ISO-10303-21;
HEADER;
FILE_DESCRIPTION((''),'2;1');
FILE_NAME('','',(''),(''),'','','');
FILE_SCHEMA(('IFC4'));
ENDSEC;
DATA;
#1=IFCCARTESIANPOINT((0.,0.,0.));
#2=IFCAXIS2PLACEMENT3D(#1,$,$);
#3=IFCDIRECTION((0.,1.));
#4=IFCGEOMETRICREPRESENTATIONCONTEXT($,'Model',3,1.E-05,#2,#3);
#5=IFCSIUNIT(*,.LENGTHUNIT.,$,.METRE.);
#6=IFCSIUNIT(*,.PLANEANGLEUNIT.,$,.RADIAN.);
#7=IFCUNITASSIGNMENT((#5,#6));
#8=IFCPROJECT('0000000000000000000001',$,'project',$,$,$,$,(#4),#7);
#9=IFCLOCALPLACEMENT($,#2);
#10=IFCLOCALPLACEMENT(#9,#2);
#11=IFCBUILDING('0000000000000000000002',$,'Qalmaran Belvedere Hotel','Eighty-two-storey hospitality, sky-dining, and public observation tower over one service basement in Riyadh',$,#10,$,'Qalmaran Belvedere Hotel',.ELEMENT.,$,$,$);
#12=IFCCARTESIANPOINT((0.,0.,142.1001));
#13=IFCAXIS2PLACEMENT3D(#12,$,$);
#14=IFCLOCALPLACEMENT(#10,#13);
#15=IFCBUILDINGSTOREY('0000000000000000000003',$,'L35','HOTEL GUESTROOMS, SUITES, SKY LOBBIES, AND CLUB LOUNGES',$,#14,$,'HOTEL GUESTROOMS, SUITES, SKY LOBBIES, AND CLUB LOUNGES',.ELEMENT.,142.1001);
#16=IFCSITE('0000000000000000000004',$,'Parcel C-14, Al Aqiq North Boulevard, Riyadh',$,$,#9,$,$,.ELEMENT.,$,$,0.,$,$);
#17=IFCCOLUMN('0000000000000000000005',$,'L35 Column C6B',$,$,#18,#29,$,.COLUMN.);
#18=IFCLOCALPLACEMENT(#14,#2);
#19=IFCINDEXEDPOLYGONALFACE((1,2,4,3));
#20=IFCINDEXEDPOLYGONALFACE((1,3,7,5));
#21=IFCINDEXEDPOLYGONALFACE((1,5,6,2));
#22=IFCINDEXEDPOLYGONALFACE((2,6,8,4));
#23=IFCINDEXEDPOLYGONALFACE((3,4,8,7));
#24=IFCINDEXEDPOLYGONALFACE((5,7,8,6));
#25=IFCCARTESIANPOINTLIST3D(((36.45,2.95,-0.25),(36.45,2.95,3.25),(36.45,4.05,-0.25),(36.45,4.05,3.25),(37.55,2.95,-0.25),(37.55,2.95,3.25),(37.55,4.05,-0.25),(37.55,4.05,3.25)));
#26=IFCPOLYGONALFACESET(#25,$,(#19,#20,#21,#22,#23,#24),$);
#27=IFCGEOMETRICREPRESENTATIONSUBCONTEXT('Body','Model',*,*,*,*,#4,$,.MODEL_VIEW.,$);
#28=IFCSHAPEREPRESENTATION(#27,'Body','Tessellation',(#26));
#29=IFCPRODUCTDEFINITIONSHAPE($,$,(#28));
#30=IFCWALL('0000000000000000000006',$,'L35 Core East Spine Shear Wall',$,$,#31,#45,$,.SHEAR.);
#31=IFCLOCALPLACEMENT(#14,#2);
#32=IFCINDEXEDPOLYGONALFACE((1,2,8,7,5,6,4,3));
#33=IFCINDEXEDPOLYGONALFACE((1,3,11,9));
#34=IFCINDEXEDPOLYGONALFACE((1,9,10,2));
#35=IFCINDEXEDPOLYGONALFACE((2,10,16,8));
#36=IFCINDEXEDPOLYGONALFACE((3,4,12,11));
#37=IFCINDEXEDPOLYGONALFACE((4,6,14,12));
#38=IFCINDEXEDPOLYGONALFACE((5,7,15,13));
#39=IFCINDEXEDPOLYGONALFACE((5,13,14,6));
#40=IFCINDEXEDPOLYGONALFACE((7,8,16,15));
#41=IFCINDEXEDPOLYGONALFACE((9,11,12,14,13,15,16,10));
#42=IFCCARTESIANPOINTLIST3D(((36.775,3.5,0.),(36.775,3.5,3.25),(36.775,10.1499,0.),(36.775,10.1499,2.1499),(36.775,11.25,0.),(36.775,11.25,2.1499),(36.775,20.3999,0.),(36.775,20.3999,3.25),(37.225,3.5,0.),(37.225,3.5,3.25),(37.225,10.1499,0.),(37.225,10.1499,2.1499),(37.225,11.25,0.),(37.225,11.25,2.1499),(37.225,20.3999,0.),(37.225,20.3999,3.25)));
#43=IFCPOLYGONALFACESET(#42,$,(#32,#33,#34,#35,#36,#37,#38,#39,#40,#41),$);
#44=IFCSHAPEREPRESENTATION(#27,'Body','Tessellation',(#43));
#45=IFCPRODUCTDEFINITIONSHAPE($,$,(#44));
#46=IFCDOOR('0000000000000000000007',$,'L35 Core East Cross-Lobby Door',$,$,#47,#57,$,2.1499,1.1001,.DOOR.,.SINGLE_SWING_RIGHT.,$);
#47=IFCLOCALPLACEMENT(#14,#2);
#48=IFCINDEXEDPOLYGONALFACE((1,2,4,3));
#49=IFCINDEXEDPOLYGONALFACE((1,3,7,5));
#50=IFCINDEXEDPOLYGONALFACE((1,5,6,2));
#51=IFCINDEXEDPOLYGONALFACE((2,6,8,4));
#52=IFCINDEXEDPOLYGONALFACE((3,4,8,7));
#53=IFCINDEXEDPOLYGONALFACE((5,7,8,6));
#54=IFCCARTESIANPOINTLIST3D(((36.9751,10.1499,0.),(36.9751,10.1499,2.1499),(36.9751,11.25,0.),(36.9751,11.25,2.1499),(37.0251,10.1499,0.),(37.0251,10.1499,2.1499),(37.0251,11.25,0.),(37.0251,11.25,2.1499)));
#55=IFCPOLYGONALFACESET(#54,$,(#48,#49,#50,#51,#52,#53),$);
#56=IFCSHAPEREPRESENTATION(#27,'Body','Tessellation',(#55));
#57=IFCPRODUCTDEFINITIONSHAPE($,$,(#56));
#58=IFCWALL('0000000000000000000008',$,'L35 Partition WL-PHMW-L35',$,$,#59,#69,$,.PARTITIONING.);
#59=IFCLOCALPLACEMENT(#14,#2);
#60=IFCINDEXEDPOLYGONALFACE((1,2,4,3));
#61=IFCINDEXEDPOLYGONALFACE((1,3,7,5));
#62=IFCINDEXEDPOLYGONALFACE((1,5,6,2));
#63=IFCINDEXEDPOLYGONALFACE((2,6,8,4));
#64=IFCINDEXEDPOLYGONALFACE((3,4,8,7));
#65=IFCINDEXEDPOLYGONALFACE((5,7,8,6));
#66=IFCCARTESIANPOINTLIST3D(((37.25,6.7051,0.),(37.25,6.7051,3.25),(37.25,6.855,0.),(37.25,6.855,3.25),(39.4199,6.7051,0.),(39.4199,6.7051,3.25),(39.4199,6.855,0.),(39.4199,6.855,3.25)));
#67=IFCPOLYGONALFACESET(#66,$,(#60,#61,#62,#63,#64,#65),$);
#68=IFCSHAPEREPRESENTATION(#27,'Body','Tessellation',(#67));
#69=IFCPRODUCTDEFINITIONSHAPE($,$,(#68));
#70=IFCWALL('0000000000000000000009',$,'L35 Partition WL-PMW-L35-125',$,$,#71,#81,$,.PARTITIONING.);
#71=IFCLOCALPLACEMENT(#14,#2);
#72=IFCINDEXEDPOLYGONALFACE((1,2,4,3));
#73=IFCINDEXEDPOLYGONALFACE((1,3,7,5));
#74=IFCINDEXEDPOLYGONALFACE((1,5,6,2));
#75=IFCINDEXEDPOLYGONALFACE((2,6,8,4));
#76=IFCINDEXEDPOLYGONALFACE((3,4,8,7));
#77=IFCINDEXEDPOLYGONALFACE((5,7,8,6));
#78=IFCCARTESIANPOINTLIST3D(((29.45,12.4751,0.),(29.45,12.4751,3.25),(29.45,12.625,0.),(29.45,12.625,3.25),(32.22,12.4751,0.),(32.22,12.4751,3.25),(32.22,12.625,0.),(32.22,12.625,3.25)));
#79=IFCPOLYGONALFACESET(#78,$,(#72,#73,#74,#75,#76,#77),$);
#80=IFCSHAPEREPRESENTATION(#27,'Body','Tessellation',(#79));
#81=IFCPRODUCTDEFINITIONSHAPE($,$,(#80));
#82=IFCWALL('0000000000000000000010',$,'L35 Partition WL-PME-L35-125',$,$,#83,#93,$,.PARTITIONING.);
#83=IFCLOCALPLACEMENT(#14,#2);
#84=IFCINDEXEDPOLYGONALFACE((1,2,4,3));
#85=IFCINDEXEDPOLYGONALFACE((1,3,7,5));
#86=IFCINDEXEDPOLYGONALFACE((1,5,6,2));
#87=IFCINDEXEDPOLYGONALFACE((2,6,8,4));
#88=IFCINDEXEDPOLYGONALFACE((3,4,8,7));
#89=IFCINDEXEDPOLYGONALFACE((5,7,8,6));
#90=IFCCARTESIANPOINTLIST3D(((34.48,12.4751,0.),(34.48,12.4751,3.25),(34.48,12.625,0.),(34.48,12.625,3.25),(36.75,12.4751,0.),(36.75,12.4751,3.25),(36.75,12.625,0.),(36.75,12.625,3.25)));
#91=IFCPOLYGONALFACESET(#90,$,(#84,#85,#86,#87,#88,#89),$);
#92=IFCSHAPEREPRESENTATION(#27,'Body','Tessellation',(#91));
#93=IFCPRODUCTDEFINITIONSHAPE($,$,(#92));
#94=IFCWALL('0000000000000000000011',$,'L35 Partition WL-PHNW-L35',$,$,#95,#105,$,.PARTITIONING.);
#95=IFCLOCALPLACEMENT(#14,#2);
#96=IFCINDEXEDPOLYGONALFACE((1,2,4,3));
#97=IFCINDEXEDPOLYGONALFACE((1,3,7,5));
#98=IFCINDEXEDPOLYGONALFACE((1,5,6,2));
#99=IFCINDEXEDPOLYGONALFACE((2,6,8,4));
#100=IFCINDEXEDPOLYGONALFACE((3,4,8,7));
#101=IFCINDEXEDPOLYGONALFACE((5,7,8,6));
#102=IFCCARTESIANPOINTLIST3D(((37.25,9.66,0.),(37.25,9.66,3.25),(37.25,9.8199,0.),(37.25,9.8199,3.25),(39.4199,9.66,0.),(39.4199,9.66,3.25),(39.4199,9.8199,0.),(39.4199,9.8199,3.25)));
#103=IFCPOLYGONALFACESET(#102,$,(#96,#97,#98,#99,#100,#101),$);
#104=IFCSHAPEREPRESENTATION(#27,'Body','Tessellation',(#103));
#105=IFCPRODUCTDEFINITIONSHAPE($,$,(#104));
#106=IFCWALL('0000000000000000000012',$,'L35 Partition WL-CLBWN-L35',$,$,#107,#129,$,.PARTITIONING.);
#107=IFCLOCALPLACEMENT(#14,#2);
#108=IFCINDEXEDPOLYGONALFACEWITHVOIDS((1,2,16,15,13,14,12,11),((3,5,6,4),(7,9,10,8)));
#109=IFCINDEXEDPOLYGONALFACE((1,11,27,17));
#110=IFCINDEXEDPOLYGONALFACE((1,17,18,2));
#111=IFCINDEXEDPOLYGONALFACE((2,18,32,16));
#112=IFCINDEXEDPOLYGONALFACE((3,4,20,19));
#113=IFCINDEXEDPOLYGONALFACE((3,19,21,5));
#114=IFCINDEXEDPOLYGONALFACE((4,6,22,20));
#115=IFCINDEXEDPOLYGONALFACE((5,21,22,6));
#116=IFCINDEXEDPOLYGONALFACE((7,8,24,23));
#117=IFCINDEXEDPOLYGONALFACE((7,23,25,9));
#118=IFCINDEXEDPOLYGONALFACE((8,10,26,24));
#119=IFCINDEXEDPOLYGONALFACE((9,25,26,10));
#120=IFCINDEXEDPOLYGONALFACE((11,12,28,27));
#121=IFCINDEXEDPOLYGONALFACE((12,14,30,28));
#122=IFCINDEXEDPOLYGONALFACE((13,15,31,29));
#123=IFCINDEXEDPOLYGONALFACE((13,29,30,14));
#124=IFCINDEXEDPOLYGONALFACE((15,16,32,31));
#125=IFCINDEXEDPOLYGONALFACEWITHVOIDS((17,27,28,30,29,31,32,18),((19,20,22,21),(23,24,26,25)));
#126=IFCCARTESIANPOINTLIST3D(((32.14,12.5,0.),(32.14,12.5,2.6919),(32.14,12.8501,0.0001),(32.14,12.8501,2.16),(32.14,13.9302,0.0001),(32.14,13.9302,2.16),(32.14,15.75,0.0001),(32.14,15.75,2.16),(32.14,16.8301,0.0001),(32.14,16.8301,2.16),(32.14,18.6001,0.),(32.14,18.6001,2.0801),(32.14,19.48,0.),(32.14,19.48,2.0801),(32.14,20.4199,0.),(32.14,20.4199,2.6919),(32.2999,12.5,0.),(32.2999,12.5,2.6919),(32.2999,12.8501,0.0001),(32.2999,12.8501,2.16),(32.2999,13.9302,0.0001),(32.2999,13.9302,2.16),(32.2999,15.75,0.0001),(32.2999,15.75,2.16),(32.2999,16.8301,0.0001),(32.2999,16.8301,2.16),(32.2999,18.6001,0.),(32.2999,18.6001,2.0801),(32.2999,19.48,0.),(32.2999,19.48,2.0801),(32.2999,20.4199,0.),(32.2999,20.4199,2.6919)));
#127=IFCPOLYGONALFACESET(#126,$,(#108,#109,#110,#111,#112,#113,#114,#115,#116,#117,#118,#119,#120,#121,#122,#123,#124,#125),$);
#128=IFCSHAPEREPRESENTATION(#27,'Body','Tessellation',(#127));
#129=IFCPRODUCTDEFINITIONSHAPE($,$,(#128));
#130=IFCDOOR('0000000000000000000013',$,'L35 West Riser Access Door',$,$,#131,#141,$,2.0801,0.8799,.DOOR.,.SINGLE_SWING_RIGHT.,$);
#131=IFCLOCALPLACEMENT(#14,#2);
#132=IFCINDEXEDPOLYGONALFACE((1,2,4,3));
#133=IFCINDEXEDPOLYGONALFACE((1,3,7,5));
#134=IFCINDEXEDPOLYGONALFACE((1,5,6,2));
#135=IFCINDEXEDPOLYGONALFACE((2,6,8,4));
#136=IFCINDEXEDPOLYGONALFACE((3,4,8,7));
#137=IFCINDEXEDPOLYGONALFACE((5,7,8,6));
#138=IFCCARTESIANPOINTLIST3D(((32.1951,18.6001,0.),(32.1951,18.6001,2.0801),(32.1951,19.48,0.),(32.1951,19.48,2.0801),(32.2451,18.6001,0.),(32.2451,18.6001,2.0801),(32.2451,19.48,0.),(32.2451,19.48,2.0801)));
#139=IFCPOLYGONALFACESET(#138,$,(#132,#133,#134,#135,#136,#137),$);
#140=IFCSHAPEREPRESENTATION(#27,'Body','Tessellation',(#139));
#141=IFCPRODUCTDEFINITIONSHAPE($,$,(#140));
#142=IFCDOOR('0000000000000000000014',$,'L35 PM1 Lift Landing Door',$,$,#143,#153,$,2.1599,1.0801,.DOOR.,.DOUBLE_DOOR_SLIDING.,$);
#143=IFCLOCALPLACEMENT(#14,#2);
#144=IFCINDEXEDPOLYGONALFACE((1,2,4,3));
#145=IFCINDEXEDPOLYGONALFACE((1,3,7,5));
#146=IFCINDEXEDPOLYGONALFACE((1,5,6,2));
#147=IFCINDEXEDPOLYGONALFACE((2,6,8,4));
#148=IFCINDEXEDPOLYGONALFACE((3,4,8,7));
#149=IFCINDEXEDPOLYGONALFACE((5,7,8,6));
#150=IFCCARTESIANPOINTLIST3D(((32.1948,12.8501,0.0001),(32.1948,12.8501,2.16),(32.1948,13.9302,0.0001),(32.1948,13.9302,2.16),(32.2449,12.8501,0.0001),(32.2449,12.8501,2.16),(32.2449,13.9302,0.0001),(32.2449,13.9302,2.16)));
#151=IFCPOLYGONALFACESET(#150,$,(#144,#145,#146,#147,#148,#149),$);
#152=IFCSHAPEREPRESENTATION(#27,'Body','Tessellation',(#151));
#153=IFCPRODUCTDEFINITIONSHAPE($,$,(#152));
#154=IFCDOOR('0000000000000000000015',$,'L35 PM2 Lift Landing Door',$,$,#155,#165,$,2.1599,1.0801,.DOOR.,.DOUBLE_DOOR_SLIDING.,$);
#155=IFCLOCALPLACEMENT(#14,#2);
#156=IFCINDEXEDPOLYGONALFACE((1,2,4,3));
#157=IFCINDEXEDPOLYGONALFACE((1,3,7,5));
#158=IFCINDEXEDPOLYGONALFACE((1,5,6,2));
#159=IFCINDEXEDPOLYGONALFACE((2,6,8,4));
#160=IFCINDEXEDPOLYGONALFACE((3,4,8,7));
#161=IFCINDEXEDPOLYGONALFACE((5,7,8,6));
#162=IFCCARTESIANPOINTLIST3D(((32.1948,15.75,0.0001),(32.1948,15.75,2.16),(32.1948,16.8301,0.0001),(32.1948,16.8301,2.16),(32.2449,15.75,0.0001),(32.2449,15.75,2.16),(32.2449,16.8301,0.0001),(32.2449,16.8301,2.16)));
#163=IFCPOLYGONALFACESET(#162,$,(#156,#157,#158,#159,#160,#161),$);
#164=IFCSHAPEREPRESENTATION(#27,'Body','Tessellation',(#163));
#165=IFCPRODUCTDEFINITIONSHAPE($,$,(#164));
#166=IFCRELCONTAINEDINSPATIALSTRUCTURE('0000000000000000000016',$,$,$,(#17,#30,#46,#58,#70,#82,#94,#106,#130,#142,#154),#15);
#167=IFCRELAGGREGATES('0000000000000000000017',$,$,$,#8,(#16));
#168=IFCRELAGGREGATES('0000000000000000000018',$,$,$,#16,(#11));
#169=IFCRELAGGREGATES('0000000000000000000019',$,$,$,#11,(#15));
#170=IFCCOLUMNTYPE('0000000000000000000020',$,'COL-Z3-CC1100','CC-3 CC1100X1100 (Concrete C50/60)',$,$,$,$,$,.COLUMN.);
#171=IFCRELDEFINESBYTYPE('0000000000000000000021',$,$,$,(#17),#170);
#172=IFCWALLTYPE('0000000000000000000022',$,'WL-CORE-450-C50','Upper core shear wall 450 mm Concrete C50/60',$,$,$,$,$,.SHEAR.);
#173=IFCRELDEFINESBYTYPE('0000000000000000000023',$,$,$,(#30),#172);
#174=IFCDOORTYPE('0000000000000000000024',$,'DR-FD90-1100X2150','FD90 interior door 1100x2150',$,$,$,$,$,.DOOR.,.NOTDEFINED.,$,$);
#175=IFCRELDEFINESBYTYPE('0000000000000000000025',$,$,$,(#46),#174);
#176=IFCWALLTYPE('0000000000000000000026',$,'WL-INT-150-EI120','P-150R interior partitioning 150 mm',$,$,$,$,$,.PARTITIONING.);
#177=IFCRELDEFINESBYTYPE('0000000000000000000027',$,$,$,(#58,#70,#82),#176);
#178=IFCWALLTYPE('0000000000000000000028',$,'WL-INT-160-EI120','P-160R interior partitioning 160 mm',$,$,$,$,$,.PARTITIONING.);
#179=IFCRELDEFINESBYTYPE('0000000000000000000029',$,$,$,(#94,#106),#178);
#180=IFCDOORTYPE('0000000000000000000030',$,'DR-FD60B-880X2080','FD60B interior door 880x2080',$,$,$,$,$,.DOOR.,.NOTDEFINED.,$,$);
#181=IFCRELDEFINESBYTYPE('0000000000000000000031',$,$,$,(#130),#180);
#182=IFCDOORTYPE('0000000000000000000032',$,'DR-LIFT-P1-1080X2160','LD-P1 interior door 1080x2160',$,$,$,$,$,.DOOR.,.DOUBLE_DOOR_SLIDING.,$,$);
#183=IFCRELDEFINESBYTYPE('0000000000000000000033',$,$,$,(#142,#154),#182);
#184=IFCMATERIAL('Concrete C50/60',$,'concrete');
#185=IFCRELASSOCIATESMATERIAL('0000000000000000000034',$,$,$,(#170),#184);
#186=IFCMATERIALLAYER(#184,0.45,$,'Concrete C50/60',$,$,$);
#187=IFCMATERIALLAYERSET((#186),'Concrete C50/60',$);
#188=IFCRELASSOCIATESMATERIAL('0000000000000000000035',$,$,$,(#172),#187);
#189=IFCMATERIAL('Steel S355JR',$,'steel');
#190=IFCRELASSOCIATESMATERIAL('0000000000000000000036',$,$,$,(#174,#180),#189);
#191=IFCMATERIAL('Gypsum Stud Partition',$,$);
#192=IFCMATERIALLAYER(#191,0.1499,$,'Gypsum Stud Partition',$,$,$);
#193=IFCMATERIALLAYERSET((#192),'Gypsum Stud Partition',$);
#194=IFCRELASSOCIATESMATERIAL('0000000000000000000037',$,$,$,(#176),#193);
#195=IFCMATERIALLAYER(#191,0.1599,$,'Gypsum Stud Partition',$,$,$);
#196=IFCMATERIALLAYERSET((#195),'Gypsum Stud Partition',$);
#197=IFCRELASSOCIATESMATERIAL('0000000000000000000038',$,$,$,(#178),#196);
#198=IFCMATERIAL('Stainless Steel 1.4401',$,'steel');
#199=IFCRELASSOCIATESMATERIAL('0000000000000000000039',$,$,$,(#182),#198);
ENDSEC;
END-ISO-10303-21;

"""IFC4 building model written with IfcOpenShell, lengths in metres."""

from ifc_helpers import new_model, si_unit, direction, frame, frame_2d, origin, origin_2d, place, context, subcontext, project, spatial, rectangle, extrude, material, layer, layer_set, material_profile, profile_set, type_object, element, fill, save


model = new_model("IFC4")

# Units and contexts
model_context = context("Model", 3, precision=1e-05, world=origin(), true_north=direction((0.0, 1.0)))
body_context = subcontext(model_context, "Body", "Model", "MODEL_VIEW")
ifc_project = project(units=[si_unit("LENGTHUNIT", "METRE"), si_unit("PLANEANGLEUNIT", "RADIAN")], contexts=[model_context])

# Site, building, storey
site_placement = place(None, origin())
site = spatial("IfcSite", under=ifc_project, at=site_placement, Name="Parcel C-14, Al Aqiq North Boulevard, Riyadh", CompositionType="ELEMENT", RefElevation=0.0)
building_placement = place(site_placement, origin())
building = spatial("IfcBuilding", under=site, at=building_placement, Name="Qalmaran Belvedere Hotel", Description="Eighty-two-storey hospitality, sky-dining, and public observation tower over one service basement in Riyadh", LongName="Qalmaran Belvedere Hotel", CompositionType="ELEMENT")
storey_placement = place(building_placement, frame((0.0, 0.0, 142.1001)))
storey = spatial("IfcBuildingStorey", under=building, at=storey_placement, Name="L35", Description="HOTEL GUESTROOMS, SUITES, SKY LOBBIES, AND CLUB LOUNGES", LongName="HOTEL GUESTROOMS, SUITES, SKY LOBBIES, AND CLUB LOUNGES", CompositionType="ELEMENT", Elevation=142.1001)

# Column
ifc_material_1 = material(Name="Concrete C50/60", Category="concrete")
ifc_material_profile = material_profile(ifc_material_1, rectangle(XDim=1.1001, YDim=1.1001, at=origin_2d()), Name="CC1100X1100")
ifc_profile_set = profile_set([ifc_material_profile], Name="Concrete C50/60")
column_type = type_object("IfcColumnType", Name="COL-Z3-CC1100", Description="CC-3 CC1100X1100 (Concrete C50/60)", PredefinedType="COLUMN", material=ifc_profile_set)
column_placement = place(storey_placement, frame((37.0, 3.5, -0.25), z_axis=(0.0, 0.0, 1.0), x_axis=(1.0, 0.0, 0.0)))
element("IfcColumn", 1, at=column_placement, inside=storey, type_object=column_type, Name="L35 Column C6B", PredefinedType="COLUMN", context=body_context, shape_type="SweptSolid", body=[
    extrude(rectangle(XDim=1.1001, YDim=1.1001, at=origin_2d()), origin(), (0.0, 0.0, 1.0), 3.5),
])

# Wall, opening, door
ifc_layer_1 = layer(ifc_material_1, 0.45, Name="Concrete C50/60")
ifc_layer_set_1 = layer_set([ifc_layer_1], Name="Concrete C50/60")
wall_type_1 = type_object("IfcWallType", Name="WL-CORE-450-C50", Description="Upper core shear wall 450 mm Concrete C50/60", PredefinedType="SHEAR", material=ifc_layer_set_1)
wall_1_placement = place(storey_placement, frame((37.0, 3.5, 0.0), z_axis=(0.0, 0.0, 1.0), x_axis=(0.0, 1.0, 0.0)))
wall_1 = element("IfcWall", 2, at=wall_1_placement, inside=storey, type_object=wall_type_1, Name="L35 Core East Spine Shear Wall", PredefinedType="SHEAR", context=body_context, shape_type="SweptSolid", body=[
    extrude(rectangle(XDim=16.8999, YDim=0.45, at=frame_2d((8.45, 0.0))), origin(), (0.0, 0.0, 1.0), 3.25),
])
opening_1_placement = place(wall_1_placement, frame((6.6499, 0.0, 0.0)))
opening_1 = element("IfcOpeningElement", 3, at=opening_1_placement, cuts=wall_1, PredefinedType="OPENING", context=body_context, shape_type="SweptSolid", body=[
    extrude(rectangle(XDim=1.1001, YDim=2.1499, at=frame_2d((0.55, 1.075))), frame((0.0, 0.2349, 0.0), z_axis=(0.0, -1.0, 0.0), x_axis=(1.0, 0.0, 0.0)), (0.0, 0.0, 1.0), 0.47),
])
ifc_material_2 = material(Name="Steel S355JR", Category="steel")
door_type_1 = type_object("IfcDoorType", Name="DR-FD90-1100X2150", Description="FD90 interior door 1100x2150", OperationType="NOTDEFINED", PredefinedType="DOOR", material=ifc_material_2)
door_1_placement = place(opening_1_placement, origin())
door_1 = element("IfcDoor", 4, at=door_1_placement, inside=storey, type_object=door_type_1, Name="L35 Core East Cross-Lobby Door", OperationType="SINGLE_SWING_RIGHT", OverallHeight=2.1499, OverallWidth=1.1001, PredefinedType="DOOR", context=body_context, shape_type="SweptSolid", body=[
    extrude(rectangle(XDim=1.1001, YDim=2.1499, at=frame_2d((0.55, 1.075))), frame((0.0, 0.0249, 0.0), z_axis=(0.0, -1.0, 0.0), x_axis=(1.0, 0.0, 0.0)), (0.0, 0.0, 1.0), 0.05),
])
fill(opening_1, door_1)

# Walls
ifc_material_3 = material(Name="Gypsum Stud Partition")
ifc_layer_2 = layer(ifc_material_3, 0.1499, Name="Gypsum Stud Partition")
ifc_layer_set_2 = layer_set([ifc_layer_2], Name="Gypsum Stud Partition")
wall_type_2 = type_object("IfcWallType", Name="WL-INT-150-EI120", Description="P-150R interior partitioning 150 mm", PredefinedType="PARTITIONING", material=ifc_layer_set_2)
wall_2_placement = place(storey_placement, frame((37.25, 6.78, 0.0), z_axis=(0.0, 0.0, 1.0), x_axis=(1.0, 0.0, 0.0)))
element("IfcWall", 5, at=wall_2_placement, inside=storey, type_object=wall_type_2, Name="L35 Partition WL-PHMW-L35", PredefinedType="PARTITIONING", context=body_context, shape_type="SweptSolid", body=[
    extrude(rectangle(XDim=2.1699, YDim=0.1499, at=frame_2d((1.085, 0.0))), origin(), (0.0, 0.0, 1.0), 3.25),
])
wall_3_placement = place(storey_placement, frame((29.45, 12.55, 0.0), z_axis=(0.0, 0.0, 1.0), x_axis=(1.0, 0.0, 0.0)))
element("IfcWall", 6, at=wall_3_placement, inside=storey, type_object=wall_type_2, Name="L35 Partition WL-PMW-L35-125", PredefinedType="PARTITIONING", context=body_context, shape_type="SweptSolid", body=[
    extrude(rectangle(XDim=2.77, YDim=0.1499, at=frame_2d((1.385, 0.0))), origin(), (0.0, 0.0, 1.0), 3.25),
])
wall_4_placement = place(storey_placement, frame((34.48, 12.55, 0.0), z_axis=(0.0, 0.0, 1.0), x_axis=(1.0, 0.0, 0.0)))
element("IfcWall", 7, at=wall_4_placement, inside=storey, type_object=wall_type_2, Name="L35 Partition WL-PME-L35-125", PredefinedType="PARTITIONING", context=body_context, shape_type="SweptSolid", body=[
    extrude(rectangle(XDim=2.27, YDim=0.1499, at=frame_2d((1.135, 0.0))), origin(), (0.0, 0.0, 1.0), 3.25),
])
ifc_layer_3 = layer(ifc_material_3, 0.1599, Name="Gypsum Stud Partition")
ifc_layer_set_3 = layer_set([ifc_layer_3], Name="Gypsum Stud Partition")
wall_type_3 = type_object("IfcWallType", Name="WL-INT-160-EI120", Description="P-160R interior partitioning 160 mm", PredefinedType="PARTITIONING", material=ifc_layer_set_3)
wall_5_placement = place(storey_placement, frame((37.25, 9.74, 0.0), z_axis=(0.0, 0.0, 1.0), x_axis=(1.0, 0.0, 0.0)))
element("IfcWall", 8, at=wall_5_placement, inside=storey, type_object=wall_type_3, Name="L35 Partition WL-PHNW-L35", PredefinedType="PARTITIONING", context=body_context, shape_type="SweptSolid", body=[
    extrude(rectangle(XDim=2.1699, YDim=0.1599, at=frame_2d((1.085, 0.0))), origin(), (0.0, 0.0, 1.0), 3.25),
])

# Wall, openings, doors
wall_6_placement = place(storey_placement, frame((32.22, 12.5, 0.0), z_axis=(0.0, 0.0, 1.0), x_axis=(0.0, 1.0, 0.0)))
wall_6 = element("IfcWall", 9, at=wall_6_placement, inside=storey, type_object=wall_type_3, Name="L35 Partition WL-CLBWN-L35", PredefinedType="PARTITIONING", context=body_context, shape_type="SweptSolid", body=[
    extrude(rectangle(XDim=7.9199, YDim=0.1599, at=frame_2d((3.96, 0.0))), origin(), (0.0, 0.0, 1.0), 2.6919),
])
opening_2_placement = place(wall_6_placement, frame((1.4302, 0.0, 0.0), z_axis=(0.0, 0.0, 1.0), x_axis=(-1.0, 0.0, 0.0)))
opening_2 = element("IfcOpeningElement", 10, at=opening_2_placement, cuts=wall_6, PredefinedType="OPENING", context=body_context, shape_type="SweptSolid", body=[
    extrude(rectangle(XDim=1.0801, YDim=2.1599, at=frame_2d((0.54, 1.0801))), frame((0.0, 0.0898, 0.0), z_axis=(0.0, -1.0, 0.0), x_axis=(1.0, 0.0, 0.0)), (0.0, 0.0, 1.0), 0.1799),
])
opening_3_placement = place(wall_6_placement, frame((4.3301, 0.0, 0.0), z_axis=(0.0, 0.0, 1.0), x_axis=(-1.0, 0.0, 0.0)))
opening_3 = element("IfcOpeningElement", 11, at=opening_3_placement, cuts=wall_6, PredefinedType="OPENING", context=body_context, shape_type="SweptSolid", body=[
    extrude(rectangle(XDim=1.0801, YDim=2.1599, at=frame_2d((0.54, 1.0801))), frame((0.0, 0.0898, 0.0), z_axis=(0.0, -1.0, 0.0), x_axis=(1.0, 0.0, 0.0)), (0.0, 0.0, 1.0), 0.1799),
])
opening_4_placement = place(wall_6_placement, frame((6.1001, 0.0, 0.0)))
opening_4 = element("IfcOpeningElement", 12, at=opening_4_placement, cuts=wall_6, PredefinedType="OPENING", context=body_context, shape_type="SweptSolid", body=[
    extrude(rectangle(XDim=0.8799, YDim=2.0801, at=frame_2d((0.4399, 1.04))), frame((0.0, 0.0898, 0.0), z_axis=(0.0, -1.0, 0.0), x_axis=(1.0, 0.0, 0.0)), (0.0, 0.0, 1.0), 0.1799),
])
door_type_2 = type_object("IfcDoorType", Name="DR-FD60B-880X2080", Description="FD60B interior door 880x2080", OperationType="NOTDEFINED", PredefinedType="DOOR", material=ifc_material_2)
door_2_placement = place(opening_4_placement, origin())
door_2 = element("IfcDoor", 13, at=door_2_placement, inside=storey, type_object=door_type_2, Name="L35 West Riser Access Door", OperationType="SINGLE_SWING_RIGHT", OverallHeight=2.0801, OverallWidth=0.8799, PredefinedType="DOOR", context=body_context, shape_type="SweptSolid", body=[
    extrude(rectangle(XDim=0.8799, YDim=2.0801, at=frame_2d((0.4399, 1.04))), frame((0.0, 0.0249, 0.0), z_axis=(0.0, -1.0, 0.0), x_axis=(1.0, 0.0, 0.0)), (0.0, 0.0, 1.0), 0.05),
])
fill(opening_4, door_2)
ifc_material_4 = material(Name="Stainless Steel 1.4401", Category="steel")
door_type_3 = type_object("IfcDoorType", Name="DR-LIFT-P1-1080X2160", Description="LD-P1 interior door 1080x2160", OperationType="DOUBLE_DOOR_SLIDING", PredefinedType="DOOR", material=ifc_material_4)
door_3_placement = place(opening_2_placement, origin())
door_3 = element("IfcDoor", 14, at=door_3_placement, inside=storey, type_object=door_type_3, Name="L35 PM1 Lift Landing Door", OperationType="DOUBLE_DOOR_SLIDING", OverallHeight=2.1599, OverallWidth=1.0801, PredefinedType="DOOR", context=body_context, shape_type="SweptSolid", body=[
    extrude(rectangle(XDim=1.0801, YDim=2.1599, at=frame_2d((0.54, 1.0801))), frame((0.0, 0.0249, 0.0), z_axis=(0.0, -1.0, 0.0), x_axis=(1.0, 0.0, 0.0)), (0.0, 0.0, 1.0), 0.05),
])
fill(opening_2, door_3)
door_4_placement = place(opening_3_placement, origin())
door_4 = element("IfcDoor", 15, at=door_4_placement, inside=storey, type_object=door_type_3, Name="L35 PM2 Lift Landing Door", OperationType="DOUBLE_DOOR_SLIDING", OverallHeight=2.1599, OverallWidth=1.0801, PredefinedType="DOOR", context=body_context, shape_type="SweptSolid", body=[
    extrude(rectangle(XDim=1.0801, YDim=2.1599, at=frame_2d((0.54, 1.0801))), frame((0.0, 0.0249, 0.0), z_axis=(0.0, -1.0, 0.0), x_axis=(1.0, 0.0, 0.0)), (0.0, 0.0, 1.0), 0.05),
])
fill(opening_3, door_4)

save(model, "model.ifc")
